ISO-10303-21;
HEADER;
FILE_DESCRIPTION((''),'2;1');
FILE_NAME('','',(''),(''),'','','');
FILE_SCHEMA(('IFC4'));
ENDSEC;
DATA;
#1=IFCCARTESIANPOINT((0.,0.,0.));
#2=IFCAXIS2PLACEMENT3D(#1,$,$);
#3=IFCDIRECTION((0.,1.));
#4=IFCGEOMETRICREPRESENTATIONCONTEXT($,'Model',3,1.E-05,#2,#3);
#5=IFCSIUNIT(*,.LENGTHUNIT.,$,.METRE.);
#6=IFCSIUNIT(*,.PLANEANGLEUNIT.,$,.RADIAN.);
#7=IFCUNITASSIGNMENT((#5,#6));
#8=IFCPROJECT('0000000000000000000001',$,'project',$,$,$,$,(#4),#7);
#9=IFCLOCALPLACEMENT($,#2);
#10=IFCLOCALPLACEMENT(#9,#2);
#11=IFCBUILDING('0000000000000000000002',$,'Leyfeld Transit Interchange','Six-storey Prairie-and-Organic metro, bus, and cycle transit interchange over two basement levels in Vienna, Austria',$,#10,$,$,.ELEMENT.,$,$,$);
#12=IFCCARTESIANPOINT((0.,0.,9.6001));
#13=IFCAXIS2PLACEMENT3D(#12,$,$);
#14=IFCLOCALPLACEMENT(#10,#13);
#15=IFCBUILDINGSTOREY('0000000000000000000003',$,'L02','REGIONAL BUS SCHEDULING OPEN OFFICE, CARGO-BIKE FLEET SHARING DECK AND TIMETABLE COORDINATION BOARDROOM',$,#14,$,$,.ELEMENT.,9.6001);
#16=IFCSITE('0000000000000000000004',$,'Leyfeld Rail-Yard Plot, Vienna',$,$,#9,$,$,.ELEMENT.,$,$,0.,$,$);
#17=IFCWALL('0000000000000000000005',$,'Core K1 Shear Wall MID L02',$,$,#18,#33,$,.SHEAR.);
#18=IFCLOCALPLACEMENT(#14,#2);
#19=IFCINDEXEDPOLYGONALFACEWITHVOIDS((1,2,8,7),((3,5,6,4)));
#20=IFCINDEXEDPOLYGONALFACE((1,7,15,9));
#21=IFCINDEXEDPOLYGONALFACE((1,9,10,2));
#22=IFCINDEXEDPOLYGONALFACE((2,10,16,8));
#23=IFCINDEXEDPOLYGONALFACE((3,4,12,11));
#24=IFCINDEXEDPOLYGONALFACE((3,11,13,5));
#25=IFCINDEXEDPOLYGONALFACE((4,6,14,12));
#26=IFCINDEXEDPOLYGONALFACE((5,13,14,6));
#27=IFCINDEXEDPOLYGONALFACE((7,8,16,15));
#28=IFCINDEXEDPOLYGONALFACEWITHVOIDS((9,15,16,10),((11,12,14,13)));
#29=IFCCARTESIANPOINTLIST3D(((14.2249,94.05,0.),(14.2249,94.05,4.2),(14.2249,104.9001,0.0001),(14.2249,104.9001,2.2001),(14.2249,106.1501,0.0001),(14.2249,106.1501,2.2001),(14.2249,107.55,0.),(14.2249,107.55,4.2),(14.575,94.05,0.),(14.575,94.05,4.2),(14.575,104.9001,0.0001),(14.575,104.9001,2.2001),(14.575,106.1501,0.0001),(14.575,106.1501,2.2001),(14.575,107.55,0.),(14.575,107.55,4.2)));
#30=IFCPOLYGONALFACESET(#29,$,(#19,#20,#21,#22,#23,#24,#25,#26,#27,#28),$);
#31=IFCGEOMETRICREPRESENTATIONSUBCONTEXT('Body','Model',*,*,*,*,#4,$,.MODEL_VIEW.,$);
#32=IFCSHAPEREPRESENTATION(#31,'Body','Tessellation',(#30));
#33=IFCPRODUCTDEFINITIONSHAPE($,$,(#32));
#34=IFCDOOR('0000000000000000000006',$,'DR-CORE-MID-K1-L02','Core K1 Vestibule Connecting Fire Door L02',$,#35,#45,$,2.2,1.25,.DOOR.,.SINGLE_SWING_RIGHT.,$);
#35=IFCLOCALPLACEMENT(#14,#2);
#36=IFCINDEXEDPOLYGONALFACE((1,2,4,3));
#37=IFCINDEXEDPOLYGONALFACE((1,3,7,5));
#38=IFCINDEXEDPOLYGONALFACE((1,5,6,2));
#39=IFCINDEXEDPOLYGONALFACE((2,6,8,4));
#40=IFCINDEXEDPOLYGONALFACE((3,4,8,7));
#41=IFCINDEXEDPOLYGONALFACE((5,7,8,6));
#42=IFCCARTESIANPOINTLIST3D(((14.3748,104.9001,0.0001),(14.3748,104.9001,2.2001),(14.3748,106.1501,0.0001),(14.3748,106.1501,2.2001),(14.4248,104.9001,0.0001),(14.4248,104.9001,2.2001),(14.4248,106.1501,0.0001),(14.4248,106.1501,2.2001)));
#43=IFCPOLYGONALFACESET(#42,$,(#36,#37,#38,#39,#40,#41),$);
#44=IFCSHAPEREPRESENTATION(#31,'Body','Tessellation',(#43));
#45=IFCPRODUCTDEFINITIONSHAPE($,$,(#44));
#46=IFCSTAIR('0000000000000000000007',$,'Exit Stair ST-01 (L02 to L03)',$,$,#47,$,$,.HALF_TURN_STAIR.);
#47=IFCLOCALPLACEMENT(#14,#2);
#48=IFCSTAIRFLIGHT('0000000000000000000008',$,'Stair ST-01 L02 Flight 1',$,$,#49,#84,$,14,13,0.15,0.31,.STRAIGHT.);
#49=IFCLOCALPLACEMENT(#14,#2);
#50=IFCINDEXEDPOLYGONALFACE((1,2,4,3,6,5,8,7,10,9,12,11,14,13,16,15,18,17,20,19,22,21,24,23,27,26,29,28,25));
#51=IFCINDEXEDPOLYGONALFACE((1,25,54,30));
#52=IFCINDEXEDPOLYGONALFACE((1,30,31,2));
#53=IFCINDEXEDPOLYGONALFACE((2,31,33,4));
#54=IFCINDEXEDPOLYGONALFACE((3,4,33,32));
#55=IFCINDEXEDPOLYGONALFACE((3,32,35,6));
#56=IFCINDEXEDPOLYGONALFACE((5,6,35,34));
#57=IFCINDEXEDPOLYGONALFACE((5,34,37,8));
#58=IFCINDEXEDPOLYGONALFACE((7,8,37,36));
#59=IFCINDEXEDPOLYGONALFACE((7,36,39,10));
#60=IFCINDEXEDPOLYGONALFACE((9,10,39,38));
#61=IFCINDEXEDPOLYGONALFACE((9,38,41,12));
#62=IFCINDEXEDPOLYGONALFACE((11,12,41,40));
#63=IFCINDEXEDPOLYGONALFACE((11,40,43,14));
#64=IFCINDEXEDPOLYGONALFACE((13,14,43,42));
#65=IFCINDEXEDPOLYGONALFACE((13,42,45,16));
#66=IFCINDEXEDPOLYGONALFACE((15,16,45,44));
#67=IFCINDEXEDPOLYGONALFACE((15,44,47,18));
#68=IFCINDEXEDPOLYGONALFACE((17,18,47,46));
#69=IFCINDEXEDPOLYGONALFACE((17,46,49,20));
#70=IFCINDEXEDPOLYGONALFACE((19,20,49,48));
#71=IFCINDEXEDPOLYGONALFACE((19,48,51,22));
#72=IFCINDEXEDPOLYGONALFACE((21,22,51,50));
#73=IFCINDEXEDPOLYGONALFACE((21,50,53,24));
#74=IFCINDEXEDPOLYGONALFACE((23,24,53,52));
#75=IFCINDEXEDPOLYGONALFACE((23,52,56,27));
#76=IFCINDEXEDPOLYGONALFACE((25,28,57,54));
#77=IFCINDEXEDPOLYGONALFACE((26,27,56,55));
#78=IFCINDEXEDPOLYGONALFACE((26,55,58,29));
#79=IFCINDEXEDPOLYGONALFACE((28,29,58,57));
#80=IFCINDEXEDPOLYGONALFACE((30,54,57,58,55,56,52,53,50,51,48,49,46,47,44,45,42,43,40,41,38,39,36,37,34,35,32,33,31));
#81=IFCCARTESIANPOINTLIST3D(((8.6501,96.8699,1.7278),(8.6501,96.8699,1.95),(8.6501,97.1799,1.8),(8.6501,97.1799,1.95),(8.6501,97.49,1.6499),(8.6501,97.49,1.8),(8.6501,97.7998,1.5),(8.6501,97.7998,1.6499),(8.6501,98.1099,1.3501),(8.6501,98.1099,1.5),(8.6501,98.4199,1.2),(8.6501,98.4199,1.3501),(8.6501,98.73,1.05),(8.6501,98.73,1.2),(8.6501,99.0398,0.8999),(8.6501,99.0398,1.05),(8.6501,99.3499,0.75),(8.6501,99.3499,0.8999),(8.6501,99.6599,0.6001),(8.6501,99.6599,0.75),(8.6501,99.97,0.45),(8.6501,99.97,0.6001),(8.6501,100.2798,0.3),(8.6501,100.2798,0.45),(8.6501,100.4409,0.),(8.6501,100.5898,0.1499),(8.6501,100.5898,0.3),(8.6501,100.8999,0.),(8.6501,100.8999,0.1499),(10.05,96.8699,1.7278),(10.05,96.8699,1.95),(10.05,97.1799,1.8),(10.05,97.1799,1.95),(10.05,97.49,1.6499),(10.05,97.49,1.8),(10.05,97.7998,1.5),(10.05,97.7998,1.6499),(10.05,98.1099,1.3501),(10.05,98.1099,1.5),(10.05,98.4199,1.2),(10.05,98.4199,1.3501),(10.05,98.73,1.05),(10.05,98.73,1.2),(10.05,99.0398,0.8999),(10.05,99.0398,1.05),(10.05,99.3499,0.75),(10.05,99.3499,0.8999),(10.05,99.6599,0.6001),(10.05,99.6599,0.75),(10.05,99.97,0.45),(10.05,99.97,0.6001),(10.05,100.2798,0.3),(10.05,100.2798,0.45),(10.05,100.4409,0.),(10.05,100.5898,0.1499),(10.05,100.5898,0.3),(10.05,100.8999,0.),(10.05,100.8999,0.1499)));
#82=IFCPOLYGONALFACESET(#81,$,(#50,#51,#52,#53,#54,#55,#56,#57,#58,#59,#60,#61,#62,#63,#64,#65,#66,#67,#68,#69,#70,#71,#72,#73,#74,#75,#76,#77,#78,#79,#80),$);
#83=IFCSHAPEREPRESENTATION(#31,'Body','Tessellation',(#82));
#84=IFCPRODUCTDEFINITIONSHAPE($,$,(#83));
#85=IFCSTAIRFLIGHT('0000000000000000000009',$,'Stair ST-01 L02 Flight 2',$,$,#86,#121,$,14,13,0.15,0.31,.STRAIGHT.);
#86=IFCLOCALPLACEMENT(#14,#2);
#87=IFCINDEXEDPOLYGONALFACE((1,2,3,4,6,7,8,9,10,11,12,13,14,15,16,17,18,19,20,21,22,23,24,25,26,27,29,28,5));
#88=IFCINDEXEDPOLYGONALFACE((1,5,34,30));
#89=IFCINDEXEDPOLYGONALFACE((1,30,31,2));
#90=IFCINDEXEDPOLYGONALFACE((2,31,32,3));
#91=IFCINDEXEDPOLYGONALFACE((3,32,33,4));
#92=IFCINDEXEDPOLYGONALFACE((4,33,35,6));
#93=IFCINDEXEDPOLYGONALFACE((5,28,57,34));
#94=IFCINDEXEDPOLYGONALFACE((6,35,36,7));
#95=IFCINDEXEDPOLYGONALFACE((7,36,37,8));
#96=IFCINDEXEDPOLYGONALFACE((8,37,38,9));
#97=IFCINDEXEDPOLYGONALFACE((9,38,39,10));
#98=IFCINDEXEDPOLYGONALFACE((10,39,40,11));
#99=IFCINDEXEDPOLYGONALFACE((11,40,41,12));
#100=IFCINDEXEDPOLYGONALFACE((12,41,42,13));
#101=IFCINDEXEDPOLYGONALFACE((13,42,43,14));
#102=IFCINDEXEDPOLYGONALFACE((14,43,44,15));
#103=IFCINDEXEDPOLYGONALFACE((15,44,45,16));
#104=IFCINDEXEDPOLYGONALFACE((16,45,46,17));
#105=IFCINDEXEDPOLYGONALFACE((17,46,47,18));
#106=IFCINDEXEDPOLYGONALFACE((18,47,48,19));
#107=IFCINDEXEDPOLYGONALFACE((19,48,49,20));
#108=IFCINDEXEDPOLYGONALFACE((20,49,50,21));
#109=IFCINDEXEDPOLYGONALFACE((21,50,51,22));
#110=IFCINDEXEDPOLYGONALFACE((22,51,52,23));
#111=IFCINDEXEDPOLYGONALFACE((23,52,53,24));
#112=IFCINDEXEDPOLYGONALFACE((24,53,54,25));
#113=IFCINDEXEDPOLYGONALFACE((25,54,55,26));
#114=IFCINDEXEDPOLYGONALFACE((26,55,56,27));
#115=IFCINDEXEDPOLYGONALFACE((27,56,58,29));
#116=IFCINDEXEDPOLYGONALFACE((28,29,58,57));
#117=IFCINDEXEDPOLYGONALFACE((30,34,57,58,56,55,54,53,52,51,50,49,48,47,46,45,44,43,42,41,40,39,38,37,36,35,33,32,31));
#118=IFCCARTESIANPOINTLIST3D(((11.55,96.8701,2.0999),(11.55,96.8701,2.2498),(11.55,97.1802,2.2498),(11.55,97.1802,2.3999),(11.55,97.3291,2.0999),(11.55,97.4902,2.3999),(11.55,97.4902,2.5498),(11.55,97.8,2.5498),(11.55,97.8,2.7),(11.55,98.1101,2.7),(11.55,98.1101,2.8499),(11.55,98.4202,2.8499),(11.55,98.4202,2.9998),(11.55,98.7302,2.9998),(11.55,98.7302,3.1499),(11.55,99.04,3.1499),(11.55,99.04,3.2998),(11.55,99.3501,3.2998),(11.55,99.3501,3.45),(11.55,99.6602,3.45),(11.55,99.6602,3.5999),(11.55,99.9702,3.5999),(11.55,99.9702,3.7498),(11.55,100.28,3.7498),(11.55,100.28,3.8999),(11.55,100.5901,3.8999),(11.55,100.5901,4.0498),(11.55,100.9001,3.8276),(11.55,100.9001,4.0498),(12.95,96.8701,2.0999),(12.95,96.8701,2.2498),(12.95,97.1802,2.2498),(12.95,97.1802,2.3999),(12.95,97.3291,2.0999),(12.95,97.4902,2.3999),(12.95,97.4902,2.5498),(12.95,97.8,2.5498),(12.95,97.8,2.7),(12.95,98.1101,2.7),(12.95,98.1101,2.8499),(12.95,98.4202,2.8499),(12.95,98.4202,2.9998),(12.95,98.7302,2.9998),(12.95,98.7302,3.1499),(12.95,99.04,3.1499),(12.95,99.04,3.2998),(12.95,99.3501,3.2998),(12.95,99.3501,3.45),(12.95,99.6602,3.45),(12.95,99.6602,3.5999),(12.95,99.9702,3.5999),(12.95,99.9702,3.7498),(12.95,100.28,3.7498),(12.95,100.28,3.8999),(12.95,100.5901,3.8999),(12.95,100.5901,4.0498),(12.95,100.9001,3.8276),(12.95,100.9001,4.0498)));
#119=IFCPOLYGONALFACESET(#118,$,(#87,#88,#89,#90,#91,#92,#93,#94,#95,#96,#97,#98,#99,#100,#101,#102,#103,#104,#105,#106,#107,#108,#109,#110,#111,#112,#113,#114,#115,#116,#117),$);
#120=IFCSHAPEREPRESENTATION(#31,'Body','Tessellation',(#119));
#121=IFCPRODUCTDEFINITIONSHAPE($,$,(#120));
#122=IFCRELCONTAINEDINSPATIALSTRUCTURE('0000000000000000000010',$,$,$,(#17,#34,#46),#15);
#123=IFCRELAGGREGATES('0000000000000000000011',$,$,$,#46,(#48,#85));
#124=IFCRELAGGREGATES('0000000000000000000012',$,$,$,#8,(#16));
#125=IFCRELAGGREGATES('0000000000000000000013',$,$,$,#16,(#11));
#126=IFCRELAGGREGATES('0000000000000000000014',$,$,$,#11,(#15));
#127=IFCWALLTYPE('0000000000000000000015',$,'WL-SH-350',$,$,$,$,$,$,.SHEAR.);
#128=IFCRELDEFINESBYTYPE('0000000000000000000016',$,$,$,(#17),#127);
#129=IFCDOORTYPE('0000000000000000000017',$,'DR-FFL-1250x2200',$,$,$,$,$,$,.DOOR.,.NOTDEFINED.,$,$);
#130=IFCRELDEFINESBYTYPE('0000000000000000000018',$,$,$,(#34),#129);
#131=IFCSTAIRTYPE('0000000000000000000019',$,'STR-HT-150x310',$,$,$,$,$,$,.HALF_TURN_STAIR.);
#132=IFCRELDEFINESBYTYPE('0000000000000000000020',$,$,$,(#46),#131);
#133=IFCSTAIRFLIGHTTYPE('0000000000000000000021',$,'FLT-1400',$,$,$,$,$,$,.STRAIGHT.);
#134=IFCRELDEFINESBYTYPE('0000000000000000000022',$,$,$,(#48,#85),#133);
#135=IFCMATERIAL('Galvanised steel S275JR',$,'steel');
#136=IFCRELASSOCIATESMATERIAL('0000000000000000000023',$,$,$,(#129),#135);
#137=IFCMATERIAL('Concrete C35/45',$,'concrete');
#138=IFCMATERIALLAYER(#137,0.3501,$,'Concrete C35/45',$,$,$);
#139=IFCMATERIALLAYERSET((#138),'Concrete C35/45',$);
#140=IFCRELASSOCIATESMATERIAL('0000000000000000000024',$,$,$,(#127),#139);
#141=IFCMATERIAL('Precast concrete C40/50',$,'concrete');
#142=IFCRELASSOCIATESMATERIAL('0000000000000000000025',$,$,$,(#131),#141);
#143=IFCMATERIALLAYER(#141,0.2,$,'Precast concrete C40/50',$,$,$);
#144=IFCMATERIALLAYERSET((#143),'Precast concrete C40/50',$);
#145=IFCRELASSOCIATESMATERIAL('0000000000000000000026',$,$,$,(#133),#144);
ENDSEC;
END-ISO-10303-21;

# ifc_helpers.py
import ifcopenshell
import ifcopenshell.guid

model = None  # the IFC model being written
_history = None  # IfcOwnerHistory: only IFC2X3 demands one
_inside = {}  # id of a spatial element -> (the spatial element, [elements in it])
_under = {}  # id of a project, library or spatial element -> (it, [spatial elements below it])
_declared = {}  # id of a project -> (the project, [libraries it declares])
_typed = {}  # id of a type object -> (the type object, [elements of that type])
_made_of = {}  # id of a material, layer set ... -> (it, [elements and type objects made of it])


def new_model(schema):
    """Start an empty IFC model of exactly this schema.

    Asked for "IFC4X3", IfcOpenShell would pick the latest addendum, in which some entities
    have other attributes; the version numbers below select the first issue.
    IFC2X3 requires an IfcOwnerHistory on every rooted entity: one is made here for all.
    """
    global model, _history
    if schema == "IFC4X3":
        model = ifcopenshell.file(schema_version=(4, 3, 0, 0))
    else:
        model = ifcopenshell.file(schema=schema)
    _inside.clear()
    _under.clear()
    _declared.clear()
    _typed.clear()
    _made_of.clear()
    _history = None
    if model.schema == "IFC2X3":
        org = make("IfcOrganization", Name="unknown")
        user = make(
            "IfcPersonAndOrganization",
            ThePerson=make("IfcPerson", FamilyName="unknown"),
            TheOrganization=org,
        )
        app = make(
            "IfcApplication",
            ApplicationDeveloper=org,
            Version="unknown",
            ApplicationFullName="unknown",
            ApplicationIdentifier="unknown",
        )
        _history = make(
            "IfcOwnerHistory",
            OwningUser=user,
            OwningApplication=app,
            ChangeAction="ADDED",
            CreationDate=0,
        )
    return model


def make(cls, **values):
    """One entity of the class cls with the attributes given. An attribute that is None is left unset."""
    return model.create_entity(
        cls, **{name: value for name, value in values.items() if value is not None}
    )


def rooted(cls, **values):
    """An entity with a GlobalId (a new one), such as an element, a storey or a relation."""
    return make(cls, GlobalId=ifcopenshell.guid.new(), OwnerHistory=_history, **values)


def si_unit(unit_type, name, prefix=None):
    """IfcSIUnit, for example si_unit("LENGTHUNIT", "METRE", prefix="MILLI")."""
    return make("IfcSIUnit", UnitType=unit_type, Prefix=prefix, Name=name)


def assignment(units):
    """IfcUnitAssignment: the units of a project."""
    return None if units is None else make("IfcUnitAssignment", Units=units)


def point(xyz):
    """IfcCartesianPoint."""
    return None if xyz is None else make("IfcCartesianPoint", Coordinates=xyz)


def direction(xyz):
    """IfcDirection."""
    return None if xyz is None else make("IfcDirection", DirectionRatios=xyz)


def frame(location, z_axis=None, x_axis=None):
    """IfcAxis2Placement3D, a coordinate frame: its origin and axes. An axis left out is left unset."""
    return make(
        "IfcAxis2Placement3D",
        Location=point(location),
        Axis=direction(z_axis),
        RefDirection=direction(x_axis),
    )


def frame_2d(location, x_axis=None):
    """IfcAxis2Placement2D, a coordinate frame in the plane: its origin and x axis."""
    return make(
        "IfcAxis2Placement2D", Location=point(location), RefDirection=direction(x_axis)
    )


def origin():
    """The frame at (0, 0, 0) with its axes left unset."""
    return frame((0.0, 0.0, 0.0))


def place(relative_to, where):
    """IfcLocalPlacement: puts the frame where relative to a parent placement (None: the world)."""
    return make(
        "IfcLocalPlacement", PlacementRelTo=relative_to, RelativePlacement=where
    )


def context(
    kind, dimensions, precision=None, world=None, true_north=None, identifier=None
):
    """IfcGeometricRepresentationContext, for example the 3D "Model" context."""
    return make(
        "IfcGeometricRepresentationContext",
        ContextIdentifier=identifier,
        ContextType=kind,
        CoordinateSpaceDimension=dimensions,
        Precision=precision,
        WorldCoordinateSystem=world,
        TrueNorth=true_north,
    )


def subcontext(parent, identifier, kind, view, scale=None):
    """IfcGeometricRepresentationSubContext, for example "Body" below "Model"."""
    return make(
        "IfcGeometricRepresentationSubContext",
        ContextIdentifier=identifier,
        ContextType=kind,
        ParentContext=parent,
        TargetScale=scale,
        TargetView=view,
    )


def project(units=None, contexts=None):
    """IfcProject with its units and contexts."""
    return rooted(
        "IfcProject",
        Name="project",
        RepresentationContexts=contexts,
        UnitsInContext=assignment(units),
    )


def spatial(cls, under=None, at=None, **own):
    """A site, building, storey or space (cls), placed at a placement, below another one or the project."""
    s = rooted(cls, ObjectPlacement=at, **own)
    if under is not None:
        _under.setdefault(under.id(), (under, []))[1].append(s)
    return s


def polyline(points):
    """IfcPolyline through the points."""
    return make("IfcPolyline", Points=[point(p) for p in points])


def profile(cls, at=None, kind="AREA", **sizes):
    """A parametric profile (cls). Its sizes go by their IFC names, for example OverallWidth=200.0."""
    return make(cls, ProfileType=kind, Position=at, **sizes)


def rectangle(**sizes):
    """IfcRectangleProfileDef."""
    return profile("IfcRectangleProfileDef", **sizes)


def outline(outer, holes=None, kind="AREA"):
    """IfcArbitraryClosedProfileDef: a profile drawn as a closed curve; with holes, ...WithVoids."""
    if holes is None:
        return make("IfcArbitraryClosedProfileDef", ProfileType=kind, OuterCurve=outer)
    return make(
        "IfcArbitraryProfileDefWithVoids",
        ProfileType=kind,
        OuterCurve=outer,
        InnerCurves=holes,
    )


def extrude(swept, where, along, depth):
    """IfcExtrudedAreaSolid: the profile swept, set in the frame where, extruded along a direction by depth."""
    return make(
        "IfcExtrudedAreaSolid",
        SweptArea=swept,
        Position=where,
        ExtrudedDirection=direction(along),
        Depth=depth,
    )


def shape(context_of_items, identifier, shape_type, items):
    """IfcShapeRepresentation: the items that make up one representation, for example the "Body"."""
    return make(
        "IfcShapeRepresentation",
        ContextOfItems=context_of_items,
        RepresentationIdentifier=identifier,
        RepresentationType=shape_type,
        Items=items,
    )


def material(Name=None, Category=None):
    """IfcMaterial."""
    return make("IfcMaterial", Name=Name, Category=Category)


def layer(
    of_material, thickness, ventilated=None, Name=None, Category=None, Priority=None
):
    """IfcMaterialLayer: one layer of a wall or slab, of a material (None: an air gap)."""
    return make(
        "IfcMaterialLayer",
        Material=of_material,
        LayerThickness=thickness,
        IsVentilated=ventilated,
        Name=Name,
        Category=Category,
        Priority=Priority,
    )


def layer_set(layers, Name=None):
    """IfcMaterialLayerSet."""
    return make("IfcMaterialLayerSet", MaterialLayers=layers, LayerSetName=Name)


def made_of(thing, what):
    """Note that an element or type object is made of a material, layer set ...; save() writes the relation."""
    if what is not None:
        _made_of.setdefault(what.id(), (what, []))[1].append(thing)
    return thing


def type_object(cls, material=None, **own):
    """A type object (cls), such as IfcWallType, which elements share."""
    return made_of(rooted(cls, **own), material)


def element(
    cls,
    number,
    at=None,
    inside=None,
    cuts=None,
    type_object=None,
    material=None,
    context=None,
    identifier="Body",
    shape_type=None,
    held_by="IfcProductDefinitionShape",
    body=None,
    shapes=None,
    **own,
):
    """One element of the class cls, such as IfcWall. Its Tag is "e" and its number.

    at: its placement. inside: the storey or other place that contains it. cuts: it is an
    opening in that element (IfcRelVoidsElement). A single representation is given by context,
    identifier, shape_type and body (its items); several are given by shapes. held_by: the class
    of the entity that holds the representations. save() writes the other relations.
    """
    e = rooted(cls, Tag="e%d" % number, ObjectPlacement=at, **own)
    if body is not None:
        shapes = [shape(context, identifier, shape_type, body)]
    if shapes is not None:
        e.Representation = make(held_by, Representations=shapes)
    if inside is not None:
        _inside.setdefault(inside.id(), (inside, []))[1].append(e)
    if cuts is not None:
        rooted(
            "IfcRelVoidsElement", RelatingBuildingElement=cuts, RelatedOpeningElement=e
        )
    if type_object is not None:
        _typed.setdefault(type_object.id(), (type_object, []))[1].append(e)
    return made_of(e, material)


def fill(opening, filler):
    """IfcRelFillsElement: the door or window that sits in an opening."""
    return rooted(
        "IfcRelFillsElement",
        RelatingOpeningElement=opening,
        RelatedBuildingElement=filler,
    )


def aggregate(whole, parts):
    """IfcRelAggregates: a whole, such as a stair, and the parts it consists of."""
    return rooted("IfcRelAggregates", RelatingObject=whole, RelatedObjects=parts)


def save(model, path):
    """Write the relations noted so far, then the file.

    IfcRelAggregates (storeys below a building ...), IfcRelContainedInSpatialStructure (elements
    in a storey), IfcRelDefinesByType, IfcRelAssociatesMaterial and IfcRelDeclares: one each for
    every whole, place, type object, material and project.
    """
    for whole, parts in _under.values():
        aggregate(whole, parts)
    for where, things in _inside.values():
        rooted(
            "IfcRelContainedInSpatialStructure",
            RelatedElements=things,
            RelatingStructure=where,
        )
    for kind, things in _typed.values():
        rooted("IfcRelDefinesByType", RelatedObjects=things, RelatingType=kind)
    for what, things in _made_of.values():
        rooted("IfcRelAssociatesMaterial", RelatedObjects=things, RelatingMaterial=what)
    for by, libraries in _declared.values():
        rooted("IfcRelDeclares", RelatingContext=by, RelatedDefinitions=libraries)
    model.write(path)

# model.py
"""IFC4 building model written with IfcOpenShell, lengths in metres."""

from ifc_helpers import new_model, si_unit, direction, frame, frame_2d, origin, place, context, subcontext, project, spatial, polyline, rectangle, outline, extrude, material, layer, layer_set, type_object, element, fill, aggregate, save


model = new_model("IFC4")

# Units and contexts
model_context = context("Model", 3, precision=1e-05, world=origin(), true_north=direction((0.0, 1.0)))
body_context = subcontext(model_context, "Body", "Model", "MODEL_VIEW")
ifc_project = project(units=[si_unit("LENGTHUNIT", "METRE"), si_unit("PLANEANGLEUNIT", "RADIAN")], contexts=[model_context])

# Site, building, storey
site_placement = place(None, origin())
site = spatial("IfcSite", under=ifc_project, at=site_placement, Name="Leyfeld Rail-Yard Plot, Vienna", CompositionType="ELEMENT", RefElevation=0.0)
building_placement = place(site_placement, origin())
building = spatial("IfcBuilding", under=site, at=building_placement, Name="Leyfeld Transit Interchange", Description="Six-storey Prairie-and-Organic metro, bus, and cycle transit interchange over two basement levels in Vienna, Austria", CompositionType="ELEMENT")
storey_placement = place(building_placement, frame((0.0, 0.0, 9.6001)))
storey = spatial("IfcBuildingStorey", under=building, at=storey_placement, Name="L02", Description="REGIONAL BUS SCHEDULING OPEN OFFICE, CARGO-BIKE FLEET SHARING DECK AND TIMETABLE COORDINATION BOARDROOM", CompositionType="ELEMENT", Elevation=9.6001)

# Shared definitions
ifc_material_1 = material(Name="Concrete C35/45", Category="concrete")

# Shared definitions
ifc_material_2 = material(Name="Galvanised steel S275JR", Category="steel")
door_type_1 = type_object("IfcDoorType", Name="DR-FFL-1250x2200", OperationType="NOTDEFINED", PredefinedType="DOOR", material=ifc_material_2)

# Wall, opening, door
ifc_layer_1 = layer(ifc_material_1, 0.3501, Name="Concrete C35/45")
ifc_layer_set_1 = layer_set([ifc_layer_1], Name="Concrete C35/45")
wall_type_1 = type_object("IfcWallType", Name="WL-SH-350", PredefinedType="SHEAR", material=ifc_layer_set_1)
wall_1_placement = place(storey_placement, frame((14.3999, 107.55, 0.0), z_axis=(0.0, 0.0, 1.0), x_axis=(0.0, -1.0, 0.0)))
wall_1 = element("IfcWall", 1, at=wall_1_placement, inside=storey, type_object=wall_type_1, Name="Core K1 Shear Wall MID L02", PredefinedType="SHEAR", context=body_context, shape_type="SweptSolid", body=[
    extrude(rectangle(XDim=13.5, YDim=0.3501, at=frame_2d((6.75, 0.0))), origin(), (0.0, 0.0, 1.0), 4.2),
])
opening_1_placement = place(wall_1_placement, frame((1.3999, 0.0, 0.0)))
opening_1 = element("IfcOpeningElement", 2, at=opening_1_placement, cuts=wall_1, PredefinedType="OPENING", context=body_context, shape_type="SweptSolid", body=[
    extrude(rectangle(XDim=1.25, YDim=2.2, at=frame_2d((0.625, 1.1001))), frame((0.0, 0.1851, 0.0), z_axis=(0.0, -1.0, 0.0), x_axis=(1.0, 0.0, 0.0)), (0.0, 0.0, 1.0), 0.3701),
])
door_1_placement = place(opening_1_placement, origin())
door_1 = element("IfcDoor", 3, at=door_1_placement, inside=storey, type_object=door_type_1, Name="DR-CORE-MID-K1-L02", Description="Core K1 Vestibule Connecting Fire Door L02", OperationType="SINGLE_SWING_RIGHT", OverallHeight=2.2, OverallWidth=1.25, PredefinedType="DOOR", context=body_context, shape_type="SweptSolid", body=[
    extrude(rectangle(XDim=1.25, YDim=2.2, at=frame_2d((0.625, 1.1001))), frame((0.0, 0.0249, 0.0), z_axis=(0.0, -1.0, 0.0), x_axis=(1.0, 0.0, 0.0)), (0.0, 0.0, 1.0), 0.05),
])
fill(opening_1, door_1)

# Stair, stair flights
ifc_material_3 = material(Name="Precast concrete C40/50", Category="concrete")
stair_type = type_object("IfcStairType", Name="STR-HT-150x310", PredefinedType="HALF_TURN_STAIR", material=ifc_material_3)
stair_placement = place(storey_placement, origin())
stair = element("IfcStair", 4, at=stair_placement, inside=storey, type_object=stair_type, Name="Exit Stair ST-01 (L02 to L03)", PredefinedType="HALF_TURN_STAIR")
ifc_layer_2 = layer(ifc_material_3, 0.2, Name="Precast concrete C40/50")
ifc_layer_set_2 = layer_set([ifc_layer_2], Name="Precast concrete C40/50")
stair_flight_type = type_object("IfcStairFlightType", Name="FLT-1400", PredefinedType="STRAIGHT", material=ifc_layer_set_2)
stair_flight_1_placement = place(storey_placement, frame((9.3501, 100.8999, 0.0), z_axis=(0.0, 0.0, 1.0), x_axis=(0.0, -1.0, 0.0)))
stair_flight_1 = element("IfcStairFlight", 5, at=stair_flight_1_placement, type_object=stair_flight_type, Name="Stair ST-01 L02 Flight 1", NumberOfRisers=14, NumberOfTreads=13, PredefinedType="STRAIGHT", RiserHeight=0.15, TreadLength=0.31, context=body_context, shape_type="SweptSolid", body=[
    extrude(outline(polyline([(0.0, 0.0), (0.0, 0.1499), (0.3101, 0.1499), (0.3101, 0.3), (0.6201, 0.3), (0.6201, 0.45), (0.9299, 0.45), (0.9299, 0.6001), (1.24, 0.6001), (1.24, 0.75), (1.55, 0.75), (1.55, 0.8999), (1.8601, 0.8999), (1.8601, 1.05), (2.1699, 1.05), (2.1699, 1.2), (2.48, 1.2), (2.48, 1.3501), (2.79, 1.3501), (2.79, 1.5), (3.1001, 1.5), (3.1001, 1.6499), (3.4099, 1.6499), (3.4099, 1.8), (3.72, 1.8), (3.72, 1.95), (4.03, 1.95), (4.03, 2.1001), (4.03, 1.7278), (0.459, 0.0), (0.0, 0.0)])), frame((0.0, 0.7, 0.0), z_axis=(0.0, -1.0, 0.0), x_axis=(1.0, 0.0, 0.0)), (0.0, 0.0, 1.0), 1.3999),
])
stair_flight_2_placement = place(storey_placement, frame((12.25, 96.8701, 2.0999), z_axis=(0.0, 0.0, 1.0), x_axis=(0.0, 1.0, 0.0)))
stair_flight_2 = element("IfcStairFlight", 6, at=stair_flight_2_placement, type_object=stair_flight_type, Name="Stair ST-01 L02 Flight 2", NumberOfRisers=14, NumberOfTreads=13, PredefinedType="STRAIGHT", RiserHeight=0.15, TreadLength=0.31, context=body_context, shape_type="SweptSolid", body=[
    extrude(outline(polyline([(0.0, 0.0), (0.0, 0.1499), (0.3101, 0.1499), (0.3101, 0.3), (0.6201, 0.3), (0.6201, 0.45), (0.9299, 0.45), (0.9299, 0.6001), (1.24, 0.6001), (1.24, 0.75), (1.55, 0.75), (1.55, 0.8999), (1.8601, 0.8999), (1.8601, 1.05), (2.1699, 1.05), (2.1699, 1.2), (2.48, 1.2), (2.48, 1.3501), (2.79, 1.3501), (2.79, 1.5), (3.1001, 1.5), (3.1001, 1.6499), (3.4099, 1.6499), (3.4099, 1.8), (3.72, 1.8), (3.72, 1.95), (4.03, 1.95), (4.03, 2.1001), (4.03, 1.7278), (0.459, 0.0), (0.0, 0.0)])), frame((0.0, 0.7, 0.0), z_axis=(0.0, -1.0, 0.0), x_axis=(1.0, 0.0, 0.0)), (0.0, 0.0, 1.0), 1.3999),
])
aggregate(stair, [stair_flight_1, stair_flight_2])

save(model, "model.ifc")
